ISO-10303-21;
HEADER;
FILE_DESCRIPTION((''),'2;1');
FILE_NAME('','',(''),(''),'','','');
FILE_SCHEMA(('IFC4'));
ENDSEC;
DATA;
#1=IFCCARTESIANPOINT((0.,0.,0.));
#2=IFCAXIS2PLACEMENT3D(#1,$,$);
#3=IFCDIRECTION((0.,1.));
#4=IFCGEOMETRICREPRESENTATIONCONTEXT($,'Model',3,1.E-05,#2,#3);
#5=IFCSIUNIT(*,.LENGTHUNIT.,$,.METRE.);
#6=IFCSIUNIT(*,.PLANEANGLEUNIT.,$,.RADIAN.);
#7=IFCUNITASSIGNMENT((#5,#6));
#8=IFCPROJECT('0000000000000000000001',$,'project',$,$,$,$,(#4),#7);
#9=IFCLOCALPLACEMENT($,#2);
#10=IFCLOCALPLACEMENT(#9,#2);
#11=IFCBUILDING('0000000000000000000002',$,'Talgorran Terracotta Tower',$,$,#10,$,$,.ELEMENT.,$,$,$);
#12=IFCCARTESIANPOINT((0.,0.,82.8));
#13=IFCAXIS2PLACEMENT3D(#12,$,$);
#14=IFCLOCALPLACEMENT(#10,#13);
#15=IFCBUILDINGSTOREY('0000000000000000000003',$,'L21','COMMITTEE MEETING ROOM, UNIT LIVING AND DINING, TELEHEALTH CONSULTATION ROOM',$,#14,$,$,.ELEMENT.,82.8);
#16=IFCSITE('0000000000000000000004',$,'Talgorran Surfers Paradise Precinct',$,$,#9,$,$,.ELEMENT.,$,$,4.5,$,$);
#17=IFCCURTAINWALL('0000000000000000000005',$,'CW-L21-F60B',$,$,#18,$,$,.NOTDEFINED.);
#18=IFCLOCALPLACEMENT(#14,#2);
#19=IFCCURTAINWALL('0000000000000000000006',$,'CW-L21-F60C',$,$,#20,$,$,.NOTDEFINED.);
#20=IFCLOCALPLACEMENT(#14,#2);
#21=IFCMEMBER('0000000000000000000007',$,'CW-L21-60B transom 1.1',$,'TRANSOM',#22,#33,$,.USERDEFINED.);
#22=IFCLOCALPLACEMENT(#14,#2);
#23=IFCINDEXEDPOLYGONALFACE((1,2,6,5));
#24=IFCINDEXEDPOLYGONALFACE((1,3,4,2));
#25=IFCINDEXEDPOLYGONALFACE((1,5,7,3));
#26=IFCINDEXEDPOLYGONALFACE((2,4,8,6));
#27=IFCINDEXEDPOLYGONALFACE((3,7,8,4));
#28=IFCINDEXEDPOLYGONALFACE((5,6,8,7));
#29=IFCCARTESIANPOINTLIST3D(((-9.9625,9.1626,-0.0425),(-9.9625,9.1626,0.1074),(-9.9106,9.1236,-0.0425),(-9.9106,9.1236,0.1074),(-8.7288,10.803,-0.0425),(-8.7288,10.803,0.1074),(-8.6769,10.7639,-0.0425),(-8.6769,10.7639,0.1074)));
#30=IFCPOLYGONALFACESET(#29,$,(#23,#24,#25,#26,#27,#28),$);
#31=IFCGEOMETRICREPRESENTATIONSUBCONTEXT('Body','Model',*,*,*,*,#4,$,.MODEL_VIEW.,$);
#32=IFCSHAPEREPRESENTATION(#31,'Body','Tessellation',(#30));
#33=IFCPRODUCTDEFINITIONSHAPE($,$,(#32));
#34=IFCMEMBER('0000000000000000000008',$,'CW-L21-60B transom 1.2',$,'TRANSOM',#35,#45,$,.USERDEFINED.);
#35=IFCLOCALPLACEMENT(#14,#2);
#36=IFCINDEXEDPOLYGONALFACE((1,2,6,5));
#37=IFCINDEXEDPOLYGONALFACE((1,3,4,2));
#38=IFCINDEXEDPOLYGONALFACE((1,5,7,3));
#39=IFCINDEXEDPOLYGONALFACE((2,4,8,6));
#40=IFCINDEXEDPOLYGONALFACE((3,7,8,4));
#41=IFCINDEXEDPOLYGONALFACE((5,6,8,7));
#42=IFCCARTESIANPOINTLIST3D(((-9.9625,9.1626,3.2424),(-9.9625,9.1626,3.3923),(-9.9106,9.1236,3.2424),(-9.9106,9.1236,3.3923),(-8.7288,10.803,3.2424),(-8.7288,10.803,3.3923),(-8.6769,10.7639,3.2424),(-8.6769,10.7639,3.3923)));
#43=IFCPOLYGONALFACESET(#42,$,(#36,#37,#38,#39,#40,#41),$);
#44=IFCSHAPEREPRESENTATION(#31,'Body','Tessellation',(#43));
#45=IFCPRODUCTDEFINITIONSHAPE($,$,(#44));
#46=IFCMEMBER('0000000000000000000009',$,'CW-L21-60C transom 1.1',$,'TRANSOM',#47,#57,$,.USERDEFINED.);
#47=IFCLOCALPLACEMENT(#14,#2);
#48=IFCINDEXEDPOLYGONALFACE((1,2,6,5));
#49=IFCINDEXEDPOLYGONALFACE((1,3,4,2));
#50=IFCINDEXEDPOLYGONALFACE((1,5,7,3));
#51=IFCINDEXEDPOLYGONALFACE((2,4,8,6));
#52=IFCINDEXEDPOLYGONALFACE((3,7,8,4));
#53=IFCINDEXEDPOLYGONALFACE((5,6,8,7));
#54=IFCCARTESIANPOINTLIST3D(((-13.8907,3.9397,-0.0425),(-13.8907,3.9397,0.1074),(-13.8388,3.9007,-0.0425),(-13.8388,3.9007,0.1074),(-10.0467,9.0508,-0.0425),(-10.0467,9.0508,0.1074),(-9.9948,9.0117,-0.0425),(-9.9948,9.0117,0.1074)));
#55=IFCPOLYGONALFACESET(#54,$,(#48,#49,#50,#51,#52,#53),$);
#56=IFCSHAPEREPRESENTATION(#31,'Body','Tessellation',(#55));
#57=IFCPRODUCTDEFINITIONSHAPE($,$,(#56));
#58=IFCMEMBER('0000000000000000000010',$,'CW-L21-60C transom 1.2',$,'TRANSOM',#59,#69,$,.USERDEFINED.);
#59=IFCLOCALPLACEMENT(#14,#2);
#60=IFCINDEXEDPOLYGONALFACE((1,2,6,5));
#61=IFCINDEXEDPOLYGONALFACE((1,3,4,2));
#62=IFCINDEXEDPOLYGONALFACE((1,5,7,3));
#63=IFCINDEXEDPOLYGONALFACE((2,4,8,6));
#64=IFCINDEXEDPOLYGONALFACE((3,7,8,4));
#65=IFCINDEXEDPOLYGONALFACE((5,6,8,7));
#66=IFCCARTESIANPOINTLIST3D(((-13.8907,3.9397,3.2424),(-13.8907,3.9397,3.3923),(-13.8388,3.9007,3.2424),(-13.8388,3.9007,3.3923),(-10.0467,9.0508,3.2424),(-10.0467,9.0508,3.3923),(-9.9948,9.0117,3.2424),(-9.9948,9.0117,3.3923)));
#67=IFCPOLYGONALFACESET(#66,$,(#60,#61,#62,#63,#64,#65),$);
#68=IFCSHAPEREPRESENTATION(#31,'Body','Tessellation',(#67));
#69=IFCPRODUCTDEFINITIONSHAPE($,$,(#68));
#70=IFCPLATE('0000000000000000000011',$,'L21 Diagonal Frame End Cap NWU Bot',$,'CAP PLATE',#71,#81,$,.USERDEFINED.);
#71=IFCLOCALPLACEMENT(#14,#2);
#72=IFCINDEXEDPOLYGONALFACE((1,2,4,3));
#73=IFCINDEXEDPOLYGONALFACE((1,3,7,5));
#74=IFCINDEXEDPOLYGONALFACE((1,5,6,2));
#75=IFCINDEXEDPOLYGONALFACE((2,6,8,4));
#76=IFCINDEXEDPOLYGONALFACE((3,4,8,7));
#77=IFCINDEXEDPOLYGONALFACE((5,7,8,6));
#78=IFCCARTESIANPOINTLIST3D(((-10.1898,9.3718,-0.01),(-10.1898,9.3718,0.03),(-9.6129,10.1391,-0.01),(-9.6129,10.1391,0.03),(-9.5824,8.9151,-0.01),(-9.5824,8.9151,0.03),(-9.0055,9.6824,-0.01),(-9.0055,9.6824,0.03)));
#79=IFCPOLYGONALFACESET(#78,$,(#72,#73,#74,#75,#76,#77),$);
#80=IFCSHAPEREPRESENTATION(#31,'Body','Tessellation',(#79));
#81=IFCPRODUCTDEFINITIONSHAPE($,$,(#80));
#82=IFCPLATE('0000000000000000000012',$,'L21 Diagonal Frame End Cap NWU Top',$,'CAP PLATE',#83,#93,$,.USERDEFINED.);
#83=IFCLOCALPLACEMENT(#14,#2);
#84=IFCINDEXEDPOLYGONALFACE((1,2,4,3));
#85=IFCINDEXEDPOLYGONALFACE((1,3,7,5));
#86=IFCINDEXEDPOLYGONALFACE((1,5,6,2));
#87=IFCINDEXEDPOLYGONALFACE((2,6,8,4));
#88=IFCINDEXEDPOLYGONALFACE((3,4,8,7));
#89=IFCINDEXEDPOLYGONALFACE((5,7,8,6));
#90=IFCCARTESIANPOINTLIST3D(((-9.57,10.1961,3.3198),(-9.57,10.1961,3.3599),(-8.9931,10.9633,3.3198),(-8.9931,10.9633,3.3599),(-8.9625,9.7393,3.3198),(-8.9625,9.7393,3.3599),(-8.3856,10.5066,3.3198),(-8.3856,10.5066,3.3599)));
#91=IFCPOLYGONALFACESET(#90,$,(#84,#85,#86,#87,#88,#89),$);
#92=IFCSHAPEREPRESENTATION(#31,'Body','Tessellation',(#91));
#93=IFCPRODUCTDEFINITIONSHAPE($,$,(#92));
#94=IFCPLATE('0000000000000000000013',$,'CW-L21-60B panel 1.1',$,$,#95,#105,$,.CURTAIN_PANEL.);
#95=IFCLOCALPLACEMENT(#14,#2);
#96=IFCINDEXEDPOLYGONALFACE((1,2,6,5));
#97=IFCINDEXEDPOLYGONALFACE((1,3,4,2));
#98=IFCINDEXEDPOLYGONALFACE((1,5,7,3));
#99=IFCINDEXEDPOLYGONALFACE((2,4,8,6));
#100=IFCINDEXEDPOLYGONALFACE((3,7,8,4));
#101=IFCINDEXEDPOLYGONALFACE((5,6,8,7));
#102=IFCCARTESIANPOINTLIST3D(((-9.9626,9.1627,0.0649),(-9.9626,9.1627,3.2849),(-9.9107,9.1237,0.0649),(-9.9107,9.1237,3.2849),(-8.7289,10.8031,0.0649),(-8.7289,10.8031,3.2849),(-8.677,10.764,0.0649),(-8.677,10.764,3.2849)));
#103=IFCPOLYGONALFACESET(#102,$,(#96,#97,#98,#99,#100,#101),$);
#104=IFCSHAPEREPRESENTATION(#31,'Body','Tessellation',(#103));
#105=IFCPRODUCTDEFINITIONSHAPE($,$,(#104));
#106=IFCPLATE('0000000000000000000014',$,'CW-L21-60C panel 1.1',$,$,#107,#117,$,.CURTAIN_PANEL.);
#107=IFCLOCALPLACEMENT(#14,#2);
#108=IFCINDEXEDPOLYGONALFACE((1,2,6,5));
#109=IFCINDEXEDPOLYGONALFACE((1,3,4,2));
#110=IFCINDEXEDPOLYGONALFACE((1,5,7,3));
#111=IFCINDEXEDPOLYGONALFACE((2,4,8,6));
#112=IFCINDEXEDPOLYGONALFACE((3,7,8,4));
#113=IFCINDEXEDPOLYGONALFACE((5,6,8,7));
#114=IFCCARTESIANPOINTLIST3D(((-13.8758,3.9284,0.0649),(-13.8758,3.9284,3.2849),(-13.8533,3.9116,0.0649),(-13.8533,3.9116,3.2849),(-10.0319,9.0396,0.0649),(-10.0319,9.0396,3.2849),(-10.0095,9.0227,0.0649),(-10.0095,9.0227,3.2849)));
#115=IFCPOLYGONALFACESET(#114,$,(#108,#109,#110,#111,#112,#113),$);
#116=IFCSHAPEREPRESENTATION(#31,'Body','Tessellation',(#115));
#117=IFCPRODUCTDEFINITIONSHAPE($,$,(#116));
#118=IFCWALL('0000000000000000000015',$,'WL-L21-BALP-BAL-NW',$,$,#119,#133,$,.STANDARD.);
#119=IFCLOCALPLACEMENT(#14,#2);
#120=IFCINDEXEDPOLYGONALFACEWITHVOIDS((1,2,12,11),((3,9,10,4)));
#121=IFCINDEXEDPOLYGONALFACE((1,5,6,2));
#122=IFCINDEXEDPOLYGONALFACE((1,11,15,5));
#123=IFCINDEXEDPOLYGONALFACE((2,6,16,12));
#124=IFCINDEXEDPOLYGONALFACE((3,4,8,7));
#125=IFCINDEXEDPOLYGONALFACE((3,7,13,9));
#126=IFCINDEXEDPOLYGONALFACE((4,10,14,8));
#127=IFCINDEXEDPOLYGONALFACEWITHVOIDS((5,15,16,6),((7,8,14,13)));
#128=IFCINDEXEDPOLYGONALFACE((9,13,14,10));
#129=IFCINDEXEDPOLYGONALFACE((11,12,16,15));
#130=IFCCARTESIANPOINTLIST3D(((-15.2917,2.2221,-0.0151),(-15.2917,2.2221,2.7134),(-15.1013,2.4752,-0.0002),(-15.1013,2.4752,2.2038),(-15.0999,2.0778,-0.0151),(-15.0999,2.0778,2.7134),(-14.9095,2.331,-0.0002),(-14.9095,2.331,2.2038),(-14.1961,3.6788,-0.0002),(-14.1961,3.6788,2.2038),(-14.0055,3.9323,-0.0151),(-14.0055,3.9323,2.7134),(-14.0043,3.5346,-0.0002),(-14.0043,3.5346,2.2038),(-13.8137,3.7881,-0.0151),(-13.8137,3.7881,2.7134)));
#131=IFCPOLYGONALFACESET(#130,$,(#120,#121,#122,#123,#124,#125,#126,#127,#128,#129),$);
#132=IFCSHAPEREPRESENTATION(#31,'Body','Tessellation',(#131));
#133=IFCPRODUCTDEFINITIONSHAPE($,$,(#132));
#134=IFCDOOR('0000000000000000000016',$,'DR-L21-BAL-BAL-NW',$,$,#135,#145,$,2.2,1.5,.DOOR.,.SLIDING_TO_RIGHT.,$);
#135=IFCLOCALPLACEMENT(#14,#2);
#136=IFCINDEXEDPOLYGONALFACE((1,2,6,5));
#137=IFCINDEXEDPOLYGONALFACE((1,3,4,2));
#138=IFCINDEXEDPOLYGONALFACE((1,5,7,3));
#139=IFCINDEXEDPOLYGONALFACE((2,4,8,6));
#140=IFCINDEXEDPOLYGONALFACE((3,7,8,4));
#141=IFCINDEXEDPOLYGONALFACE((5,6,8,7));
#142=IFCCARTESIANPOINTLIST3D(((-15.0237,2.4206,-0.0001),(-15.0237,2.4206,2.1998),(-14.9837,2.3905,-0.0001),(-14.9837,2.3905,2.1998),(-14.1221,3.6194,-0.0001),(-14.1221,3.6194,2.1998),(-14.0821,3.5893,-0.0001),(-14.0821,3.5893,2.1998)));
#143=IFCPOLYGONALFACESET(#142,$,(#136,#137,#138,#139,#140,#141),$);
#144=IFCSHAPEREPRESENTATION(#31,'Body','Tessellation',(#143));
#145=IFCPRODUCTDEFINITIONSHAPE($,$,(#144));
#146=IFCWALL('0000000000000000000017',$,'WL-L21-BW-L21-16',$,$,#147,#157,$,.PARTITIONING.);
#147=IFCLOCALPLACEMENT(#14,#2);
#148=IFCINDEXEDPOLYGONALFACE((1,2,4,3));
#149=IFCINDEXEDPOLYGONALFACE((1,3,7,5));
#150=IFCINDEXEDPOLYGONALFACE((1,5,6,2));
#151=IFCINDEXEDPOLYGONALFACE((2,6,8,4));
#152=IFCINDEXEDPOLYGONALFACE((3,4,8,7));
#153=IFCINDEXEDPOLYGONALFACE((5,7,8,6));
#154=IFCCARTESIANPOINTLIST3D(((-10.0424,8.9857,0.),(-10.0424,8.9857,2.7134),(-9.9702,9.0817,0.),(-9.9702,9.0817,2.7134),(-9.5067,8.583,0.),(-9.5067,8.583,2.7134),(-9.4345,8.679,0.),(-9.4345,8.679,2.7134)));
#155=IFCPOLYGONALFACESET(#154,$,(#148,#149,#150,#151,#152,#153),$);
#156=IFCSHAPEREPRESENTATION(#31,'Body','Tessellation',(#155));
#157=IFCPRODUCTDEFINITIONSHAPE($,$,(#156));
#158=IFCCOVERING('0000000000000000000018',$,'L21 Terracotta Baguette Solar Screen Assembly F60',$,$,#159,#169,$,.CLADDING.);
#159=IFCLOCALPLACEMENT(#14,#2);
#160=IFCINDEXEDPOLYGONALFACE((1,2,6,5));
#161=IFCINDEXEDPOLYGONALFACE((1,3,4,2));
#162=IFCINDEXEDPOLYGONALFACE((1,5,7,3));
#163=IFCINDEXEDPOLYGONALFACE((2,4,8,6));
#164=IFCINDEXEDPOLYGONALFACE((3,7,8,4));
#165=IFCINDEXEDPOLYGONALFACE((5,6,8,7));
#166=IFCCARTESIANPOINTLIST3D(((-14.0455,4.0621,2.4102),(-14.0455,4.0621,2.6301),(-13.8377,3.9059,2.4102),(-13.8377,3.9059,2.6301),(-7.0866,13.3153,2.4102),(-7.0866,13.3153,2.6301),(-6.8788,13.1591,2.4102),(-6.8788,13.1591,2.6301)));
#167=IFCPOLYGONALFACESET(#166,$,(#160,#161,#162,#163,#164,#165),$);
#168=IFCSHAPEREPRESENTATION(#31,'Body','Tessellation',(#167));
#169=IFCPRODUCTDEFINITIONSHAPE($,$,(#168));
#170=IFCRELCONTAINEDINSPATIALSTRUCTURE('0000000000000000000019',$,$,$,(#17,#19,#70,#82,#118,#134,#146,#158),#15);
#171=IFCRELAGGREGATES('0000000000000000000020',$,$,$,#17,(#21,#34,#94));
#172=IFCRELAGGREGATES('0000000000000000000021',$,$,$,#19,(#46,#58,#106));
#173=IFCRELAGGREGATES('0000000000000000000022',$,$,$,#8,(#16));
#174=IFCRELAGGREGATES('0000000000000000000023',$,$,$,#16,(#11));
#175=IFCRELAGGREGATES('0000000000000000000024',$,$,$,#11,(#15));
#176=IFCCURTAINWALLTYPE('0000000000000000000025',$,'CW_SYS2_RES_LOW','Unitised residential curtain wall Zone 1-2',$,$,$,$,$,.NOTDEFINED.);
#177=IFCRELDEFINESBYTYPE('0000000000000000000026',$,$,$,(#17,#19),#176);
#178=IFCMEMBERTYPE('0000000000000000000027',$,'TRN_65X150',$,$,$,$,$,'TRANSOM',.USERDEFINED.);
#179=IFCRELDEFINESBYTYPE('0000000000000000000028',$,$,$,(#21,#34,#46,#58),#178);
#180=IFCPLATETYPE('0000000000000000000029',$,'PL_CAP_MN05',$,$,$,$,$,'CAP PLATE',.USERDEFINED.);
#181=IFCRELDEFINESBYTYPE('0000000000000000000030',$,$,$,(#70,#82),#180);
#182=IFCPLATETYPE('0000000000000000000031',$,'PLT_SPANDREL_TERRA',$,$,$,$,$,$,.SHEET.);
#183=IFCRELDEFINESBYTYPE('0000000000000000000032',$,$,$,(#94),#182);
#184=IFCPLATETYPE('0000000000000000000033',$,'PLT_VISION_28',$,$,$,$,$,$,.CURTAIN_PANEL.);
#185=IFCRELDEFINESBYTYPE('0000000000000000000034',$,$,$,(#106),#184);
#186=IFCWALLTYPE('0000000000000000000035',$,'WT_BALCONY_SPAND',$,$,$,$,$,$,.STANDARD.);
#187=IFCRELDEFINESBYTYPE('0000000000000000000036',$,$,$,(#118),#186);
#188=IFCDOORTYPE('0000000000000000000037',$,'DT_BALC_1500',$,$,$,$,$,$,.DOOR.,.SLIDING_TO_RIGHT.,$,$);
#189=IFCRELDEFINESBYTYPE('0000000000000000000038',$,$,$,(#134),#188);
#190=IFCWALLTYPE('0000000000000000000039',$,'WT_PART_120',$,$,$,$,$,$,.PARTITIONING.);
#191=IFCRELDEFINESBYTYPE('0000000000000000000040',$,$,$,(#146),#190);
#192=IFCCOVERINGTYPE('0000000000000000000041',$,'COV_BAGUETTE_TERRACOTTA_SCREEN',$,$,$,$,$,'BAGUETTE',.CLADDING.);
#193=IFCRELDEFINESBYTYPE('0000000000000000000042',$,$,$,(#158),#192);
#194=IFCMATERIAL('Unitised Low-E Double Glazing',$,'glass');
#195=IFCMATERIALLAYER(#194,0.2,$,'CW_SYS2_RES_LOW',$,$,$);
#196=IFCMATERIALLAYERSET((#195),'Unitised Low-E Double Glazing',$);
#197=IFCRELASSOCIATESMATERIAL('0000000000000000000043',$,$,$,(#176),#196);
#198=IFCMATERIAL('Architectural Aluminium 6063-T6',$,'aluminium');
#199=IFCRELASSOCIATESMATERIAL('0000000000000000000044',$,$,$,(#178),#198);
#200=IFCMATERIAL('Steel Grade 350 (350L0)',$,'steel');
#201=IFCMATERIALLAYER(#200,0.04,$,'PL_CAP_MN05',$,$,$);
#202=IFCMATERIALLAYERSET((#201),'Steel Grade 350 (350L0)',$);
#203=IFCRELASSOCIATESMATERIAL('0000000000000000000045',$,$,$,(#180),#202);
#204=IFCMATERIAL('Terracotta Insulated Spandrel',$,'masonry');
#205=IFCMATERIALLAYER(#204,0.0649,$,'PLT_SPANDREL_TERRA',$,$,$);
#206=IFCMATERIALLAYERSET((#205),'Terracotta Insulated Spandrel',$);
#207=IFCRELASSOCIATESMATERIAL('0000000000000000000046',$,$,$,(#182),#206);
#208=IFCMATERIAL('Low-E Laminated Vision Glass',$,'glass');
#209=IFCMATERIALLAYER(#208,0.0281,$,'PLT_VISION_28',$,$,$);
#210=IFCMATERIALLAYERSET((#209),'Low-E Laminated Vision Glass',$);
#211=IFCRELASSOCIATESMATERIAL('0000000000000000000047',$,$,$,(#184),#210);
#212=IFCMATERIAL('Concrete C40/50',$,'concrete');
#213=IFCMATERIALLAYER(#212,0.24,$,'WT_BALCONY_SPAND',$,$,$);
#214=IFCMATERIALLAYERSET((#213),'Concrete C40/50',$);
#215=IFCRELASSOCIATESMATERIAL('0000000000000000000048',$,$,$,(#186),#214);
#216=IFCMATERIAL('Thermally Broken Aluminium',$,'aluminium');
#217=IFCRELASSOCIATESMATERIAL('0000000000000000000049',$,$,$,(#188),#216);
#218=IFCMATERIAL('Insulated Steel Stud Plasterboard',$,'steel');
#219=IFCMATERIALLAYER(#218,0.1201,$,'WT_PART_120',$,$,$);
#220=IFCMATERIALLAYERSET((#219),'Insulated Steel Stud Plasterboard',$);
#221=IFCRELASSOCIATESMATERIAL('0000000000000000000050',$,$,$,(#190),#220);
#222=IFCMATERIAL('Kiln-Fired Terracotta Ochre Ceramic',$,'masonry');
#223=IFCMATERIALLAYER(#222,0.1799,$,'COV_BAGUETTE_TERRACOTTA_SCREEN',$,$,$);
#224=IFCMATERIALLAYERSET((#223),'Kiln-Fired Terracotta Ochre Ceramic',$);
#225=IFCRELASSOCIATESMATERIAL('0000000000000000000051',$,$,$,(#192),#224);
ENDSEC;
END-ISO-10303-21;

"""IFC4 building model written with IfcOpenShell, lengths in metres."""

from ifc_helpers import new_model, si_unit, direction, frame, frame_2d, origin, origin_2d, place, context, subcontext, project, spatial, rectangle, extrude, source, transform, mapped, material, layer, layer_set, material_profile, profile_set, type_object, type_shapes, element, fill, aggregate, save


model = new_model("IFC4")

# Units and contexts
model_context = context("Model", 3, precision=1e-05, world=origin(), true_north=direction((0.0, 1.0)))
body_context = subcontext(model_context, "Body", "Model", "MODEL_VIEW")
ifc_project = project(units=[si_unit("LENGTHUNIT", "METRE"), si_unit("PLANEANGLEUNIT", "RADIAN")], contexts=[model_context])

# Site, building, storey
site_placement = place(None, origin())
site = spatial("IfcSite", under=ifc_project, at=site_placement, Name="Talgorran Surfers Paradise Precinct", CompositionType="ELEMENT", RefElevation=4.5)
building_placement = place(site_placement, origin())
building = spatial("IfcBuilding", under=site, at=building_placement, Name="Talgorran Terracotta Tower", CompositionType="ELEMENT")
storey_placement = place(building_placement, frame((0.0, 0.0, 82.8)))
storey = spatial("IfcBuildingStorey", under=building, at=storey_placement, Name="L21", Description="COMMITTEE MEETING ROOM, UNIT LIVING AND DINING, TELEHEALTH CONSULTATION ROOM", CompositionType="ELEMENT", Elevation=82.8)

# Shared definitions
ifc_material_1 = material(Name="Steel Grade 350 (350L0)", Category="steel")

# Curtain walls
ifc_material_2 = material(Name="Unitised Low-E Double Glazing", Category="glass")
ifc_layer_1 = layer(ifc_material_2, 0.2, Name="CW_SYS2_RES_LOW")
ifc_layer_set_1 = layer_set([ifc_layer_1], Name="Unitised Low-E Double Glazing")
curtain_wall_type = type_object("IfcCurtainWallType", Name="CW_SYS2_RES_LOW", Description="Unitised residential curtain wall Zone 1-2", PredefinedType="NOTDEFINED", material=ifc_layer_set_1)
curtain_wall_1_placement = place(storey_placement, origin())
curtain_wall_1 = element("IfcCurtainWall", 1, at=curtain_wall_1_placement, inside=storey, type_object=curtain_wall_type, Name="CW-L21-F60B", PredefinedType="NOTDEFINED")
ifc_material_3 = material(Name="Architectural Aluminium 6063-T6", Category="aluminium")
curtain_wall_2_placement = place(storey_placement, origin())
curtain_wall_2 = element("IfcCurtainWall", 2, at=curtain_wall_2_placement, inside=storey, type_object=curtain_wall_type, Name="CW-L21-F60C", PredefinedType="NOTDEFINED")

# Members
ifc_material_profile_1 = material_profile(ifc_material_3, rectangle(XDim=0.0649, YDim=0.1499, at=origin_2d()), Name="CWT65X150")
ifc_profile_set_1 = profile_set([ifc_material_profile_1], Name="Architectural Aluminium 6063-T6")
member_type_1 = type_object("IfcMemberType", Name="TRN_65X150", ElementType="TRANSOM", PredefinedType="USERDEFINED", material=ifc_profile_set_1)
member_1_placement = place(storey_placement, frame((-8.7029, 10.7834, 0.0325), z_axis=(-0.601046, -0.799214, 0.0), x_axis=(0.799214, -0.601046, 0.0)))
member_1 = element("IfcMember", 3, at=member_1_placement, type_object=member_type_1, Name="CW-L21-60B transom 1.1", ObjectType="TRANSOM", PredefinedType="USERDEFINED", context=body_context, shape_type="SweptSolid", body=[
    extrude(rectangle(XDim=0.0649, YDim=0.1499, at=origin_2d()), origin(), (0.0, 0.0, 1.0), 2.0525),
])
member_2_placement = place(storey_placement, frame((-8.7029, 10.7834, 3.3174), z_axis=(-0.601046, -0.799214, 0.0), x_axis=(0.799214, -0.601046, 0.0)))
member_2 = element("IfcMember", 4, at=member_2_placement, type_object=member_type_1, Name="CW-L21-60B transom 1.2", ObjectType="TRANSOM", PredefinedType="USERDEFINED", context=body_context, shape_type="SweptSolid", body=[
    extrude(rectangle(XDim=0.0649, YDim=0.1499, at=origin_2d()), origin(), (0.0, 0.0, 1.0), 2.0525),
])
member_3_placement = place(storey_placement, frame((-10.0208, 9.0312, 0.0325), z_axis=(-0.601068, -0.799198, 0.0), x_axis=(0.799198, -0.601068, 0.0)))
member_3 = element("IfcMember", 5, at=member_3_placement, type_object=member_type_1, Name="CW-L21-60C transom 1.1", ObjectType="TRANSOM", PredefinedType="USERDEFINED", context=body_context, shape_type="SweptSolid", body=[
    extrude(rectangle(XDim=0.0649, YDim=0.1499, at=origin_2d()), origin(), (0.0, 0.0, 1.0), 6.3953),
])
member_4_placement = place(storey_placement, frame((-10.0208, 9.0312, 3.3174), z_axis=(-0.601068, -0.799198, 0.0), x_axis=(0.799198, -0.601068, 0.0)))
member_4 = element("IfcMember", 6, at=member_4_placement, type_object=member_type_1, Name="CW-L21-60C transom 1.2", ObjectType="TRANSOM", PredefinedType="USERDEFINED", context=body_context, shape_type="SweptSolid", body=[
    extrude(rectangle(XDim=0.0649, YDim=0.1499, at=origin_2d()), origin(), (0.0, 0.0, 1.0), 6.3953),
])

# Plates
ifc_layer_2 = layer(ifc_material_1, 0.04, Name="PL_CAP_MN05")
ifc_layer_set_2 = layer_set([ifc_layer_2], Name="Steel Grade 350 (350L0)")
plate_type_1 = type_object("IfcPlateType", Name="PL_CAP_MN05", ElementType="CAP PLATE", PredefinedType="USERDEFINED", material=ifc_layer_set_2)
for number, where, z_axis, x_axis, name in (
    (7, (-9.5977, 9.5271, -0.01), (0.0, 0.0, 1.0), (0.600978, 0.799265, 0.0), "L21 Diagonal Frame End Cap NWU Bot"),
    (8, (-8.9778, 10.3513, 3.3198), (0.0, 0.0, 1.0), (0.600978, 0.799265, 0.0), "L21 Diagonal Frame End Cap NWU Top"),
):
    element("IfcPlate", number, at=place(storey_placement, frame(where, z_axis=z_axis, x_axis=x_axis)), inside=storey, type_object=plate_type_1, Name=name, ObjectType="CAP PLATE", PredefinedType="USERDEFINED", context=body_context, shape_type="SweptSolid", body=[
        extrude(rectangle(XDim=0.96, YDim=0.76, at=origin_2d()), origin(), (0.0, 0.0, 1.0), 0.04),
    ])

# Plates
ifc_material_4 = material(Name="Terracotta Insulated Spandrel", Category="masonry")
ifc_layer_3 = layer(ifc_material_4, 0.0649, Name="PLT_SPANDREL_TERRA")
ifc_layer_set_3 = layer_set([ifc_layer_3], Name="Terracotta Insulated Spandrel")
plate_type_2 = type_object("IfcPlateType", Name="PLT_SPANDREL_TERRA", PredefinedType="SHEET", material=ifc_layer_set_3)
shared_shape_1 = source(origin(), body_context, "Body", "SweptSolid", [
    extrude(rectangle(XDim=2.0525, YDim=0.0649, at=origin_2d()), origin(), (0.0, 0.0, 1.0), 3.22),
])
type_shapes(plate_type_2, [shared_shape_1])
plate_1_placement = place(storey_placement, frame((-9.3198, 9.9634, 0.0649), z_axis=(0.0, 0.0, 1.0), x_axis=(-0.601077, -0.799191, 0.0)))
plate_1 = element("IfcPlate", 9, at=plate_1_placement, type_object=plate_type_2, Name="CW-L21-60B panel 1.1", PredefinedType="CURTAIN_PANEL", context=body_context, shape_type="MappedRepresentation", body=[
    mapped(shared_shape_1, transform((0.0, 0.0, 0.0), scale=1.0)),
])
aggregate(curtain_wall_1, [member_1, member_2, plate_1])
ifc_material_5 = material(Name="Low-E Laminated Vision Glass", Category="glass")
ifc_layer_4 = layer(ifc_material_5, 0.0281, Name="PLT_VISION_28")
ifc_layer_set_4 = layer_set([ifc_layer_4], Name="Low-E Laminated Vision Glass")
plate_type_3 = type_object("IfcPlateType", Name="PLT_VISION_28", PredefinedType="CURTAIN_PANEL", material=ifc_layer_set_4)
shared_shape_2 = source(origin(), body_context, "Body", "SweptSolid", [
    extrude(rectangle(XDim=6.3953, YDim=0.0281, at=origin_2d()), origin(), (0.0, 0.0, 1.0), 3.22),
])
type_shapes(plate_type_3, [shared_shape_2])
plate_2_placement = place(storey_placement, frame((-11.9426, 6.4756, 0.0649), z_axis=(0.0, 0.0, 1.0), x_axis=(-0.601046, -0.799214, 0.0)))
plate_2 = element("IfcPlate", 10, at=plate_2_placement, type_object=plate_type_3, Name="CW-L21-60C panel 1.1", PredefinedType="CURTAIN_PANEL", context=body_context, shape_type="MappedRepresentation", body=[
    mapped(shared_shape_2, transform((0.0, 0.0, 0.0), scale=1.0)),
])
aggregate(curtain_wall_2, [member_3, member_4, plate_2])

# Wall, opening, door
ifc_material_6 = material(Name="Concrete C40/50", Category="concrete")
ifc_layer_5 = layer(ifc_material_6, 0.24, Name="WT_BALCONY_SPAND")
ifc_layer_set_5 = layer_set([ifc_layer_5], Name="Concrete C40/50")
wall_type_1 = type_object("IfcWallType", Name="WT_BALCONY_SPAND", PredefinedType="STANDARD", material=ifc_layer_set_5)
wall_1_placement = place(storey_placement, frame((-13.9097, 3.8601, -0.0151), z_axis=(0.0, 0.0, 1.0), x_axis=(-0.60104, -0.799219, 0.0)))
wall_1 = element("IfcWall", 11, at=wall_1_placement, inside=storey, type_object=wall_type_1, Name="WL-L21-BALP-BAL-NW", PredefinedType="STANDARD", context=body_context, shape_type="SweptSolid", body=[
    extrude(rectangle(XDim=2.1399, YDim=0.24, at=frame_2d((1.0698, 0.0))), origin(), (0.0, 0.0, 1.0), 2.7285),
])
opening_placement = place(wall_1_placement, frame((0.3201, 0.0, 0.0149)))
opening = element("IfcOpeningElement", 12, at=opening_placement, cuts=wall_1, PredefinedType="OPENING", context=body_context, shape_type="SweptSolid", body=[
    extrude(rectangle(XDim=1.506, YDim=2.204, at=frame_2d((0.75, 1.1021))), frame((0.0, 0.1299, 0.0), z_axis=(0.0, -1.0, 0.0), x_axis=(1.0, 0.0, 0.0)), (0.0, 0.0, 1.0), 0.26),
])
ifc_material_7 = material(Name="Thermally Broken Aluminium", Category="aluminium")
door_type = type_object("IfcDoorType", Name="DT_BALC_1500", OperationType="SLIDING_TO_RIGHT", PredefinedType="DOOR", material=ifc_material_7)
door_placement = place(opening_placement, origin())
door = element("IfcDoor", 13, at=door_placement, inside=storey, type_object=door_type, Name="DR-L21-BAL-BAL-NW", OperationType="SLIDING_TO_RIGHT", OverallHeight=2.2, OverallWidth=1.5, PredefinedType="DOOR", context=body_context, shape_type="SweptSolid", body=[
    extrude(rectangle(XDim=1.5, YDim=2.2, at=frame_2d((0.75, 1.1001))), frame((0.0, 0.0249, 0.0), z_axis=(0.0, -1.0, 0.0), x_axis=(1.0, 0.0, 0.0)), (0.0, 0.0, 1.0), 0.05),
])
fill(opening, door)

# Wall
ifc_material_8 = material(Name="Insulated Steel Stud Plasterboard", Category="steel")
ifc_layer_6 = layer(ifc_material_8, 0.1201, Name="WT_PART_120")
ifc_layer_set_6 = layer_set([ifc_layer_6], Name="Insulated Steel Stud Plasterboard")
wall_type_2 = type_object("IfcWallType", Name="WT_PART_120", PredefinedType="PARTITIONING", material=ifc_layer_set_6)
wall_2_placement = place(storey_placement, frame((-9.4707, 8.6311, 0.0), z_axis=(0.0, 0.0, 1.0), x_axis=(-0.799387, 0.600816, 0.0)))
element("IfcWall", 14, at=wall_2_placement, inside=storey, type_object=wall_type_2, Name="WL-L21-BW-L21-16", PredefinedType="PARTITIONING", context=body_context, shape_type="SweptSolid", body=[
    extrude(rectangle(XDim=0.6702, YDim=0.1201, at=frame_2d((0.335, 0.0))), origin(), (0.0, 0.0, 1.0), 2.7134),
])

# Covering
ifc_material_9 = material(Name="Kiln-Fired Terracotta Ochre Ceramic", Category="masonry")
ifc_layer_7 = layer(ifc_material_9, 0.1799, Name="COV_BAGUETTE_TERRACOTTA_SCREEN")
ifc_layer_set_7 = layer_set([ifc_layer_7], Name="Kiln-Fired Terracotta Ochre Ceramic")
covering_type_1 = type_object("IfcCoveringType", Name="COV_BAGUETTE_TERRACOTTA_SCREEN", ElementType="BAGUETTE", PredefinedType="CLADDING", material=ifc_layer_set_7)
covering_1_placement = place(storey_placement, frame((-10.4622, 8.6106, 2.4102), z_axis=(0.0, 0.0, 1.0), x_axis=(-0.601048, -0.799213, 0.0)))
element("IfcCovering", 15, at=covering_1_placement, inside=storey, type_object=covering_type_1, Name="L21 Terracotta Baguette Solar Screen Assembly F60", PredefinedType="CLADDING", context=body_context, shape_type="SweptSolid", body=[
    extrude(rectangle(XDim=11.5779, YDim=0.26, at=origin_2d()), origin(), (0.0, 0.0, 1.0), 0.22),
])

save(model, "model.ifc")
